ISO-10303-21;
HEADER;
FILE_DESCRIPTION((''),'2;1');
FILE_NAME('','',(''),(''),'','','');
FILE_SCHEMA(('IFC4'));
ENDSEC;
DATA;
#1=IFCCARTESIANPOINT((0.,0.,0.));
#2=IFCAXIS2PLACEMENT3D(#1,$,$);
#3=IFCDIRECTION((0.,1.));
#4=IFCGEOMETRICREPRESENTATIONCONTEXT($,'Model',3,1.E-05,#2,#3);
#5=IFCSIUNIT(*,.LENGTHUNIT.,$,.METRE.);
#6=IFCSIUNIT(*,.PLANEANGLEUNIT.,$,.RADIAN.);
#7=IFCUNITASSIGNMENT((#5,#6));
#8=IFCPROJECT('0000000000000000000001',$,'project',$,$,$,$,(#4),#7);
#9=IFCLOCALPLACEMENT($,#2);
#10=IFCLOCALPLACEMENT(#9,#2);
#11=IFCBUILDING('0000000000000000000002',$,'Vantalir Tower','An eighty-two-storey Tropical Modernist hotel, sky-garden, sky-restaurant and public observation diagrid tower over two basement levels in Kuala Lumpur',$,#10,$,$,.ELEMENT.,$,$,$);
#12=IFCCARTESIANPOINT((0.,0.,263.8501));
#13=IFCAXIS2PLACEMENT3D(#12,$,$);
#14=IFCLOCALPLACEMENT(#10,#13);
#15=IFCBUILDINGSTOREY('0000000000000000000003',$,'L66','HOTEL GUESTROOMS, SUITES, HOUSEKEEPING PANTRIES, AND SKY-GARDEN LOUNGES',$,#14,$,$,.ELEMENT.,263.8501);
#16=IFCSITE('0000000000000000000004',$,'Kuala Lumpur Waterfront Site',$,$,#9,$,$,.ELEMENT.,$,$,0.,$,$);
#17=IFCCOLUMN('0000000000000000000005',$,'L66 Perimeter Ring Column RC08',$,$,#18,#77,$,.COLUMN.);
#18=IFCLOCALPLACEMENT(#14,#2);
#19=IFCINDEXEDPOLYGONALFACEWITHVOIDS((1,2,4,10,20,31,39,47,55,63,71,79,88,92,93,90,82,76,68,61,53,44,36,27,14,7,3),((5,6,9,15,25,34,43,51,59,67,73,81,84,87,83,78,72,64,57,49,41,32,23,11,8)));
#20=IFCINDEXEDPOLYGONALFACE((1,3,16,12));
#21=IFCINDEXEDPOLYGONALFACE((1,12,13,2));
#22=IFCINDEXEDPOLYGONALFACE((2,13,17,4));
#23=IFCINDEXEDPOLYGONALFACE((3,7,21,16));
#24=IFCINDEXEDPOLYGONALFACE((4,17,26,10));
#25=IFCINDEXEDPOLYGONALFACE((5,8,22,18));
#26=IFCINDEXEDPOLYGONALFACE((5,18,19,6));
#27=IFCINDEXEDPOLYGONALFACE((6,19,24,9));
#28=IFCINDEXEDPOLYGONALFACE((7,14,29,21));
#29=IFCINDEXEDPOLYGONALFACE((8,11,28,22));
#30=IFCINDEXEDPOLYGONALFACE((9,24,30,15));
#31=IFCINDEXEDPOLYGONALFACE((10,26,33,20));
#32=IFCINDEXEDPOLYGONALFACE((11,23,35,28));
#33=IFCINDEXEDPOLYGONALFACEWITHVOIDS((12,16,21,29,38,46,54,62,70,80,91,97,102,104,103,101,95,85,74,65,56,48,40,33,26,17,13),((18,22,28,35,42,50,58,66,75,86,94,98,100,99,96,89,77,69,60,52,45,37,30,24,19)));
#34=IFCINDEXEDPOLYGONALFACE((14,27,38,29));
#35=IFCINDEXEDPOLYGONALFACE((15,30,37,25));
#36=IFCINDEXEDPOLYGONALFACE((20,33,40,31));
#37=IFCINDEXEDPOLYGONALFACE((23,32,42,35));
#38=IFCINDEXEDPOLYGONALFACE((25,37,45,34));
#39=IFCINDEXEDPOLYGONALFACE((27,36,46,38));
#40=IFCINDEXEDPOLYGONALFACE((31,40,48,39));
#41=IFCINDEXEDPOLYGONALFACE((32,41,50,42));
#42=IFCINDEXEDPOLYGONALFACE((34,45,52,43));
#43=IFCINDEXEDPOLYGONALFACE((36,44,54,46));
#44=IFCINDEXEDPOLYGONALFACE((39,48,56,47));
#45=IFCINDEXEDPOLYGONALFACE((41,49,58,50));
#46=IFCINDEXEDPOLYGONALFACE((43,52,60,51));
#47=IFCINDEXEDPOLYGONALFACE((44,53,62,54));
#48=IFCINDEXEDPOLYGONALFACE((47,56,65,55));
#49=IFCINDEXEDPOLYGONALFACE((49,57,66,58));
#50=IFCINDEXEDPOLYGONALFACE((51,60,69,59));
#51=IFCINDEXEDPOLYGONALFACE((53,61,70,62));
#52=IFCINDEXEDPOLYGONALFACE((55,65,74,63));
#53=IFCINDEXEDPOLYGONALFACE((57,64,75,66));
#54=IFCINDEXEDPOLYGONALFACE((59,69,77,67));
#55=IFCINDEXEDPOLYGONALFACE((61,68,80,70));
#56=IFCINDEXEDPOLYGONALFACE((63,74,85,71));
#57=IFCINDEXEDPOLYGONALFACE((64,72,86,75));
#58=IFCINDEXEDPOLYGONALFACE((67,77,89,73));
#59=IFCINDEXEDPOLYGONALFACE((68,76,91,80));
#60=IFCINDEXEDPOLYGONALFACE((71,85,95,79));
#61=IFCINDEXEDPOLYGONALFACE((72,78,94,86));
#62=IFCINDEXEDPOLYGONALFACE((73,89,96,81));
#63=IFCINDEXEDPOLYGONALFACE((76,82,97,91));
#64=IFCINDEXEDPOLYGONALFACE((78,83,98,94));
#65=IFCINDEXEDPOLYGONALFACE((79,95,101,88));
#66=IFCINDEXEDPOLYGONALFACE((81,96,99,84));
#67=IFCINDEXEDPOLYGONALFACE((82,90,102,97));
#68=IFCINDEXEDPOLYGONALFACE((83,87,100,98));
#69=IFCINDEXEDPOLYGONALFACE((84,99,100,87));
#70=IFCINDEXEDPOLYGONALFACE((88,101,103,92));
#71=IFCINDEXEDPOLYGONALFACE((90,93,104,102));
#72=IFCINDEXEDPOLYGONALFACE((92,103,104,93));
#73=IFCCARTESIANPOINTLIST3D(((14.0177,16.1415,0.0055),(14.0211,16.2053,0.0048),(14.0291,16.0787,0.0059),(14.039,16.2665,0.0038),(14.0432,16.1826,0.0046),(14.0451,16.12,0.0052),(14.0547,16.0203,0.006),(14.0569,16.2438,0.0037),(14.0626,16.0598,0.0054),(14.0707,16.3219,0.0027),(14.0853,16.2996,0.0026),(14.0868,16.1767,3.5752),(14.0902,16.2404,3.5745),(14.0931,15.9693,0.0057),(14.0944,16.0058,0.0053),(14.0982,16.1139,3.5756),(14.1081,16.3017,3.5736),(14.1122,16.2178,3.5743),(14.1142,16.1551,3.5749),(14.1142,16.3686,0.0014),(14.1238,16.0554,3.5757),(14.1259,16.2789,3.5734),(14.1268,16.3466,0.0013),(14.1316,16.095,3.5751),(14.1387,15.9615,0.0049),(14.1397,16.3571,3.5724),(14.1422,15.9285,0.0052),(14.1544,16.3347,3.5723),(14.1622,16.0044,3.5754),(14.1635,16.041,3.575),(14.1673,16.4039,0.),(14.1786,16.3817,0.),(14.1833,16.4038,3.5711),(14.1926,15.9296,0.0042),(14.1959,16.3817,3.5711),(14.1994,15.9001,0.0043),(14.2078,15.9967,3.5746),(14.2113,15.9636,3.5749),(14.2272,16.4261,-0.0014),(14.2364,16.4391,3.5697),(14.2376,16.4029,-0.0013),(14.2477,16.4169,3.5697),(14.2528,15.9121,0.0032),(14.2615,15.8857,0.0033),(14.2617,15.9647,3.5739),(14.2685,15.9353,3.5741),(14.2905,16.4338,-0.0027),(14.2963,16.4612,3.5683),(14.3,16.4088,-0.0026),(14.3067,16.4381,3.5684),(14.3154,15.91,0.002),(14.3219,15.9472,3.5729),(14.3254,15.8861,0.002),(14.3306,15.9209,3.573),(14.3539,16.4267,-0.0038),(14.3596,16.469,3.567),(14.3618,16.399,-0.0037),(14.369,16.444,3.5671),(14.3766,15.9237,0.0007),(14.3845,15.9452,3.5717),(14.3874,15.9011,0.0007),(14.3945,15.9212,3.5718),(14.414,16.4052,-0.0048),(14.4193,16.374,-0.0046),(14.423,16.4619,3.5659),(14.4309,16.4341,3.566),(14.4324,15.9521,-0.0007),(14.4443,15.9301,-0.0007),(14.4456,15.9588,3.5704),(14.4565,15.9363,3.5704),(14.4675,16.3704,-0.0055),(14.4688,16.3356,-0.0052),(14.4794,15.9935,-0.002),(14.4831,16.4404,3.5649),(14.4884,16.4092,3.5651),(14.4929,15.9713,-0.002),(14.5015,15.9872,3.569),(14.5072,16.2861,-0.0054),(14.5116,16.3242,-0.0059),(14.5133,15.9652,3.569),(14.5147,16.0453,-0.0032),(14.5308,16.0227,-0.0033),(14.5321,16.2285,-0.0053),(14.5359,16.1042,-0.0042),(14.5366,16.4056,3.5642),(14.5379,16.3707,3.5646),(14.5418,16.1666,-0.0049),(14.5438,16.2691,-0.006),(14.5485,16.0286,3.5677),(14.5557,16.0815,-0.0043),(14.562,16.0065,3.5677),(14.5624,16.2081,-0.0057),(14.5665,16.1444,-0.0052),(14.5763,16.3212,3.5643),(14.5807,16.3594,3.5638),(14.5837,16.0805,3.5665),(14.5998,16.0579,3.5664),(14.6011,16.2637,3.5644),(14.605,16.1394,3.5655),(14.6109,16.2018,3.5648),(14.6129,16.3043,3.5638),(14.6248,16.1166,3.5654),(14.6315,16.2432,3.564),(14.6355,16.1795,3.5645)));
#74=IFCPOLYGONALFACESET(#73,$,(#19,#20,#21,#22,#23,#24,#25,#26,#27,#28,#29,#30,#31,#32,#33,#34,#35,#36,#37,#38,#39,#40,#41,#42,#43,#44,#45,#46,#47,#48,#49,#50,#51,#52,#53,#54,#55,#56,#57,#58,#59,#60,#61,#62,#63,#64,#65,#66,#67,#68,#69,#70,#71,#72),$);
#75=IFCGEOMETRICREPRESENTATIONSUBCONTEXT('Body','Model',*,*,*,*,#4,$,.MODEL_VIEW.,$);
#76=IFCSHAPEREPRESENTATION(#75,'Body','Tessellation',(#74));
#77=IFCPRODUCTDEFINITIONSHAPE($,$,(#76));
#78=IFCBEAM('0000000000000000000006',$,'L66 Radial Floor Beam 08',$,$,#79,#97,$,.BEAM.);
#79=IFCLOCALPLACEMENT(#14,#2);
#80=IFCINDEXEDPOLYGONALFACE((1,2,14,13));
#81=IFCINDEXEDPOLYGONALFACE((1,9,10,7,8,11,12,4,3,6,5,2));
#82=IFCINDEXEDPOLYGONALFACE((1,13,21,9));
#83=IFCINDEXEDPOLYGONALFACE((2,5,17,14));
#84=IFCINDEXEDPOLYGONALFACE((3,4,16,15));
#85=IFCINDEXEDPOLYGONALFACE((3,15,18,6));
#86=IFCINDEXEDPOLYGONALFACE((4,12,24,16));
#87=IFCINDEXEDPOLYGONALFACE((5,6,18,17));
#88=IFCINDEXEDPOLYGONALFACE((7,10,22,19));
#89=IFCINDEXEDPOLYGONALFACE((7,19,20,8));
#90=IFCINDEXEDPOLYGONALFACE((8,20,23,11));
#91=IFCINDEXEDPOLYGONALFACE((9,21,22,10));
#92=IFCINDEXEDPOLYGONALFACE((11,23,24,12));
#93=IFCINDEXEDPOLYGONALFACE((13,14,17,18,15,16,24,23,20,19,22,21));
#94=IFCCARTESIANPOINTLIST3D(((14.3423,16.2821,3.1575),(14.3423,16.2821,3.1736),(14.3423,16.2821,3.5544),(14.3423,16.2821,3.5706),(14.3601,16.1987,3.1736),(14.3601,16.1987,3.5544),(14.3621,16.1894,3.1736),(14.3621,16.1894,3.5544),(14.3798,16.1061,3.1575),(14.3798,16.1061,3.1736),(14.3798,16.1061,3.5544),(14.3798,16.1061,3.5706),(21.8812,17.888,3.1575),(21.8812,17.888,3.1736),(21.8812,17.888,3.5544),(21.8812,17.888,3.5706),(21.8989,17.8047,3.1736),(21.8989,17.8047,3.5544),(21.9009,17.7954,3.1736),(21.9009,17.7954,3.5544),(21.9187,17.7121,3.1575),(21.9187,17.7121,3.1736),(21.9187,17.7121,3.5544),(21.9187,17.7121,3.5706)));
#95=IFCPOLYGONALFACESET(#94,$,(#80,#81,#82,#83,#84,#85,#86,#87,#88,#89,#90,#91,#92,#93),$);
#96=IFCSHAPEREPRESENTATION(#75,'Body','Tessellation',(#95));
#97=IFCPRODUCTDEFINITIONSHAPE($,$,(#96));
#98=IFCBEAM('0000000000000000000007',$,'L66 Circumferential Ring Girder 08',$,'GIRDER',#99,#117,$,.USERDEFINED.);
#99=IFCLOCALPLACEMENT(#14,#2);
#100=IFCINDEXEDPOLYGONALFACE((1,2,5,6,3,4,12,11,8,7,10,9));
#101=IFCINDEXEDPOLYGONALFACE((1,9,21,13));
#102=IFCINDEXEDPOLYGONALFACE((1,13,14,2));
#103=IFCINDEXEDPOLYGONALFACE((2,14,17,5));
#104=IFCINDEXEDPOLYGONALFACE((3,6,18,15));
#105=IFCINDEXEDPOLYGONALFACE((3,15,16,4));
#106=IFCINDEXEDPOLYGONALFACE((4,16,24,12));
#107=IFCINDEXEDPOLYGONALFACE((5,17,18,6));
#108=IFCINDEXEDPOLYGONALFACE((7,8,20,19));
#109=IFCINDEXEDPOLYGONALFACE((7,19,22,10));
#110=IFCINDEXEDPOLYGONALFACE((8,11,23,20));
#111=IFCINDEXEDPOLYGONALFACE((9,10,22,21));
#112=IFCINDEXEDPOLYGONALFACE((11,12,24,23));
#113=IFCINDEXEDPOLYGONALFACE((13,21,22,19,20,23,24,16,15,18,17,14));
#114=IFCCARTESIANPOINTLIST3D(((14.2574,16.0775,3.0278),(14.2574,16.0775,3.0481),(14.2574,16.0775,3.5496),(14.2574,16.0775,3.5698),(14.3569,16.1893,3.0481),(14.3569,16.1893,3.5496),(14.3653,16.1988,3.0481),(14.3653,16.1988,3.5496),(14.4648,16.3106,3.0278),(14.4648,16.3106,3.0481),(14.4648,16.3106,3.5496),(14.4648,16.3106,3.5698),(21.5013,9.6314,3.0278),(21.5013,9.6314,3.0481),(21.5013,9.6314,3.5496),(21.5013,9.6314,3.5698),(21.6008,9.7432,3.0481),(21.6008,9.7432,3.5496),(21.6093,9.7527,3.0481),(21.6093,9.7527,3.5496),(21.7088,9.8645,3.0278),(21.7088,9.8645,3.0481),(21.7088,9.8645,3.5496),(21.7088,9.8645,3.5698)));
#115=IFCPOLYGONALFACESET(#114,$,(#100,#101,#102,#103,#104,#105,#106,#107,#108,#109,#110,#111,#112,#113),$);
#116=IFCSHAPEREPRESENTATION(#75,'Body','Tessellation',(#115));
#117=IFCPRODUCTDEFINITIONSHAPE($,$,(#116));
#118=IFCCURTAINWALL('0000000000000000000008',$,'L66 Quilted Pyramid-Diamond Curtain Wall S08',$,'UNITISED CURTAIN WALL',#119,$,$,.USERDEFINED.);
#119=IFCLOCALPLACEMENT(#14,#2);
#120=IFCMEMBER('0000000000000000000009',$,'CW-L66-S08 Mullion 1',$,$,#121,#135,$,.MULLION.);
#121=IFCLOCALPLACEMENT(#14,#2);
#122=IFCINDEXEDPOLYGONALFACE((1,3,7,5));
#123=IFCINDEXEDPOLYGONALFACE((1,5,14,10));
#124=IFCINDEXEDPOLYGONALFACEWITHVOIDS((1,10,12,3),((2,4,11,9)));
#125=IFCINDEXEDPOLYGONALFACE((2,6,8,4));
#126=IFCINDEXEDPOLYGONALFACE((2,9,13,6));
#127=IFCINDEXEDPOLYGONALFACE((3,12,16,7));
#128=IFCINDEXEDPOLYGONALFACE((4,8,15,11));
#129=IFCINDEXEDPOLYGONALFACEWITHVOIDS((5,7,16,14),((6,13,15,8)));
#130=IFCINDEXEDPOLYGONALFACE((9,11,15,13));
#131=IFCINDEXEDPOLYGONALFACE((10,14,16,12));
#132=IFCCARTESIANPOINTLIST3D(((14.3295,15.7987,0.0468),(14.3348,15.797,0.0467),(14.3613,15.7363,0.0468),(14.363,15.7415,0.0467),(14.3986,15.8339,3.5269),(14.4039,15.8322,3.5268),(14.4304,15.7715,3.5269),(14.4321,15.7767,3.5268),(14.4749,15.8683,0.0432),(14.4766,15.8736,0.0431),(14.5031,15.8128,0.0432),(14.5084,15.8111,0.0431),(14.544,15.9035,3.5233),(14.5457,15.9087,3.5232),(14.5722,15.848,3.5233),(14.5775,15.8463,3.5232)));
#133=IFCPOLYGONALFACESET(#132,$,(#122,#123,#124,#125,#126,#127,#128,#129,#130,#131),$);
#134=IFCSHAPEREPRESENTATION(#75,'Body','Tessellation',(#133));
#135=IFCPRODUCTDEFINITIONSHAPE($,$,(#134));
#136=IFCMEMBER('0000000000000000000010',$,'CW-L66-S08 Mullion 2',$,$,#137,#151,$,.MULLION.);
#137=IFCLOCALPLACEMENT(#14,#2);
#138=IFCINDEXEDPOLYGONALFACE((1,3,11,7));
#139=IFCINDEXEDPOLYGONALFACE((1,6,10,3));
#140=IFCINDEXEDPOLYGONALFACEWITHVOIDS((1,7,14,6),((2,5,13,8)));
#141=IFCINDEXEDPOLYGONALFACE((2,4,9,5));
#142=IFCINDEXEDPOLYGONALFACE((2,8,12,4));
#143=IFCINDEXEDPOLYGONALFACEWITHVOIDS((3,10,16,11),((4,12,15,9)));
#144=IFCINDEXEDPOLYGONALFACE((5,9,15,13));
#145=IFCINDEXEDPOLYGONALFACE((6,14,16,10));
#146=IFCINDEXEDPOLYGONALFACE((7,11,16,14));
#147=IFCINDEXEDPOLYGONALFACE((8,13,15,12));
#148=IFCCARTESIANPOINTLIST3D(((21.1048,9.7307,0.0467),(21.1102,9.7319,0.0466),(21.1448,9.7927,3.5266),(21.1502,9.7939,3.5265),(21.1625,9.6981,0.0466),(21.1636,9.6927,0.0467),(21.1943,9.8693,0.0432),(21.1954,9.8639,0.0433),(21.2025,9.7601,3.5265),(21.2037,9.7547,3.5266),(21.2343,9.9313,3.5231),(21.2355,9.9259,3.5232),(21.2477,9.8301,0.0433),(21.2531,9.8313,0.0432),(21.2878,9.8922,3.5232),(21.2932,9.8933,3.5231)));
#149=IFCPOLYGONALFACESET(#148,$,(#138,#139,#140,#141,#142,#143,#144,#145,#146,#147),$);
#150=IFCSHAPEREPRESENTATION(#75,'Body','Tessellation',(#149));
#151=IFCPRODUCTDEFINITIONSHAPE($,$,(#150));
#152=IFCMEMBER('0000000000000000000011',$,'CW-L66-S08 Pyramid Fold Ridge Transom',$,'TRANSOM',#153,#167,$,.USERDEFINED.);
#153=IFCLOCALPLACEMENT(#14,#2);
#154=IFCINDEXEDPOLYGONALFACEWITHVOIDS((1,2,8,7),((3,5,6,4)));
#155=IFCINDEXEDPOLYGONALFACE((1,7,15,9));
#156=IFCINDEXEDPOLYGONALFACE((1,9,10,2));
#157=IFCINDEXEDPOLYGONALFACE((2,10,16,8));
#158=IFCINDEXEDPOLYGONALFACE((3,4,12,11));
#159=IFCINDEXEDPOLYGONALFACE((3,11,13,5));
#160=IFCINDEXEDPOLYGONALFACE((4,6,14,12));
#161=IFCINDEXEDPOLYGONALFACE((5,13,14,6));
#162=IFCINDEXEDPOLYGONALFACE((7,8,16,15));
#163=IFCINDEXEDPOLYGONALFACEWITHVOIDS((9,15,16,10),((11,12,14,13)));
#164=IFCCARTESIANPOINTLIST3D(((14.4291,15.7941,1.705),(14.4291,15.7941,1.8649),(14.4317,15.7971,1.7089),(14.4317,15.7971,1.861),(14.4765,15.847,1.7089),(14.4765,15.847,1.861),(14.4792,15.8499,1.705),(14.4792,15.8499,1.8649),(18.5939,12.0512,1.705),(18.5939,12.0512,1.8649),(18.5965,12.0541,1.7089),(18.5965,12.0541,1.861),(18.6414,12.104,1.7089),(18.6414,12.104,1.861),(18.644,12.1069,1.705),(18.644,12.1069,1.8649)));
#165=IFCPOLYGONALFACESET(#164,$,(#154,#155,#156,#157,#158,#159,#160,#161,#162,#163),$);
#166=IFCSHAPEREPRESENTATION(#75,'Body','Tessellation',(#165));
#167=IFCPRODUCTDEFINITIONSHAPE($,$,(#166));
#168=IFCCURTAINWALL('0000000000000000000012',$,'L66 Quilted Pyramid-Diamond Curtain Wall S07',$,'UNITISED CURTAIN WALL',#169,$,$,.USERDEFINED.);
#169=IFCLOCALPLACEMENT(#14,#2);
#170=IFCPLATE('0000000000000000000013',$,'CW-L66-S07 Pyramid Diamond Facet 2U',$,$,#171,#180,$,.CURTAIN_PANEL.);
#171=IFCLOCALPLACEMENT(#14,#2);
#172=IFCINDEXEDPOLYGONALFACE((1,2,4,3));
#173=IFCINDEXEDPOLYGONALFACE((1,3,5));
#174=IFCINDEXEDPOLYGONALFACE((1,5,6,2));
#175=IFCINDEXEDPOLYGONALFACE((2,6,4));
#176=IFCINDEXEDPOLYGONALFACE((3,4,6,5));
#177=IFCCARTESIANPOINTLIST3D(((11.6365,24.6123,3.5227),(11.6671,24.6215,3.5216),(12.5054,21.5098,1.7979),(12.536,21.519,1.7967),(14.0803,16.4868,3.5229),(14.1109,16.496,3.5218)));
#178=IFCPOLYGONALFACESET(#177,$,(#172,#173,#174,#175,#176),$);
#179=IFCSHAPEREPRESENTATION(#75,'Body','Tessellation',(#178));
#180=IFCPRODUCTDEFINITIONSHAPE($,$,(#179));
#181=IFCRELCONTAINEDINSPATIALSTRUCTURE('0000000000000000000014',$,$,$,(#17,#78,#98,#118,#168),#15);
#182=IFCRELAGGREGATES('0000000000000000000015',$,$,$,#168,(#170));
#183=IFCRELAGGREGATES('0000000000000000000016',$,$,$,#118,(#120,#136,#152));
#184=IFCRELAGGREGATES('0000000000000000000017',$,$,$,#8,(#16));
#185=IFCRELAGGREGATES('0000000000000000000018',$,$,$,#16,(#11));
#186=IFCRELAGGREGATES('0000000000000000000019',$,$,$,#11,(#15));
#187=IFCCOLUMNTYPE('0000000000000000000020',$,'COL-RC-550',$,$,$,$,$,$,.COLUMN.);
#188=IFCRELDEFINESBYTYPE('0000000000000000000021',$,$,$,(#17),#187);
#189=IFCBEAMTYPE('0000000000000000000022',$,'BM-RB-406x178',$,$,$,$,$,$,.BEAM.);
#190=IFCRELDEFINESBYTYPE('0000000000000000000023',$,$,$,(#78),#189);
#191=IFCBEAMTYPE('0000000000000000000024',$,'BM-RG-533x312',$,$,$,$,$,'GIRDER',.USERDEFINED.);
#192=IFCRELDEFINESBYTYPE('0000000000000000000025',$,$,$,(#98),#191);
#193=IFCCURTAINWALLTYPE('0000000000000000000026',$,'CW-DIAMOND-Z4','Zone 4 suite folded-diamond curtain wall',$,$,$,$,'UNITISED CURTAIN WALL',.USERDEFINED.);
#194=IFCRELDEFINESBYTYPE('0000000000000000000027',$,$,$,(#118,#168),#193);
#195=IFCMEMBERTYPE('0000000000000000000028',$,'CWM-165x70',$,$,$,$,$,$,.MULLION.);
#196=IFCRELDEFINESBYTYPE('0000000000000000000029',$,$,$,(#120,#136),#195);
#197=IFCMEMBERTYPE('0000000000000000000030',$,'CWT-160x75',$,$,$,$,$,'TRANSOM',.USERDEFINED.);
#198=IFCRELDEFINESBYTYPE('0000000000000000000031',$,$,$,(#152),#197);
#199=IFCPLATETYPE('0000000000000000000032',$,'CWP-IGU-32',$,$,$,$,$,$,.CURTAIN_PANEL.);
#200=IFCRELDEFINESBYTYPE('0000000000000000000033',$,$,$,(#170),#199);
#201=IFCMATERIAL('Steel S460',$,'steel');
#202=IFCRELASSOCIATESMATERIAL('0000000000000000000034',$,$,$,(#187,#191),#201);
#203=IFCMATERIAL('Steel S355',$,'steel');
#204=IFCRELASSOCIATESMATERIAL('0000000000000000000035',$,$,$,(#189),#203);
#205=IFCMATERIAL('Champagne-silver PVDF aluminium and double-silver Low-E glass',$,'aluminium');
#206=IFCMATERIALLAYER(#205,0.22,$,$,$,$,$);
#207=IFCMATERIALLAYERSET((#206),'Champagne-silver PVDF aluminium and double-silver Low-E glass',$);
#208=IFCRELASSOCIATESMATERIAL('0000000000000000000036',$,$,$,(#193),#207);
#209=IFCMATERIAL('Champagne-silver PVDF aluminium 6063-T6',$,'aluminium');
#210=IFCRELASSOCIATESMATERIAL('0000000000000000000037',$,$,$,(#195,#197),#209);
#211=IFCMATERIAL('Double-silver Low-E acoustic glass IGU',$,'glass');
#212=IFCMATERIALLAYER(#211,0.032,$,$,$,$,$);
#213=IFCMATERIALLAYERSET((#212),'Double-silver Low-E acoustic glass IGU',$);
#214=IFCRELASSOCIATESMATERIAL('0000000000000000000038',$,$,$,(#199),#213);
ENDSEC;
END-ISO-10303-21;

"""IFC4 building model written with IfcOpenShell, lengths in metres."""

from ifc_helpers import new_model, si_unit, direction, frame, origin, origin_2d, place, context, subcontext, project, spatial, polyline, hollow_rectangle, hollow_circle, i_section, outline, extrude, material, layer, layer_set, material_profile, profile_set, type_object, element, aggregate, save


model = new_model("IFC4")

# Units and contexts
model_context = context("Model", 3, precision=1e-05, world=origin(), true_north=direction((0.0, 1.0)))
body_context = subcontext(model_context, "Body", "Model", "MODEL_VIEW")
ifc_project = project(units=[si_unit("LENGTHUNIT", "METRE"), si_unit("PLANEANGLEUNIT", "RADIAN")], contexts=[model_context])

# Site, building, storey
site_placement = place(None, origin())
site = spatial("IfcSite", under=ifc_project, at=site_placement, Name="Kuala Lumpur Waterfront Site", CompositionType="ELEMENT", RefElevation=0.0)
building_placement = place(site_placement, origin())
building = spatial("IfcBuilding", under=site, at=building_placement, Name="Vantalir Tower", Description="An eighty-two-storey Tropical Modernist hotel, sky-garden, sky-restaurant and public observation diagrid tower over two basement levels in Kuala Lumpur", CompositionType="ELEMENT")
storey_placement = place(building_placement, frame((0.0, 0.0, 263.8501)))
storey = spatial("IfcBuildingStorey", under=building, at=storey_placement, Name="L66", Description="HOTEL GUESTROOMS, SUITES, HOUSEKEEPING PANTRIES, AND SKY-GARDEN LOUNGES", CompositionType="ELEMENT", Elevation=263.8501)

# Column
ifc_material_1 = material(Name="Steel S460", Category="steel")
ifc_material_profile_1 = material_profile(ifc_material_1, hollow_circle(Radius=0.2749, WallThickness=0.0249, at=origin_2d()), Name="Steel S460")
ifc_profile_set_1 = profile_set([ifc_material_profile_1], Name="Steel S460")
column_type = type_object("IfcColumnType", Name="COL-RC-550", PredefinedType="COLUMN", material=ifc_profile_set_1)
column_placement = place(storey_placement, frame((14.292, 16.1589, 0.0), z_axis=(0.01935, 0.009846, 0.999764), x_axis=(-0.453501, 0.891256, 0.0)))
element("IfcColumn", 1, at=column_placement, inside=storey, type_object=column_type, Name="L66 Perimeter Ring Column RC08", PredefinedType="COLUMN", context=body_context, shape_type="SweptSolid", body=[
    extrude(hollow_circle(Radius=0.2749, WallThickness=0.0249, at=origin_2d()), origin(), (0.0, 0.0, 1.0), 3.5706),
])

# Beams
ifc_material_2 = material(Name="Steel S355", Category="steel")
ifc_material_profile_2 = material_profile(ifc_material_2, i_section(OverallWidth=0.1799, OverallDepth=0.4131, WebThickness=0.0095, FlangeThickness=0.0161, at=origin_2d()), Name="Steel S355")
ifc_profile_set_2 = profile_set([ifc_material_profile_2], Name="Steel S355")
beam_type_1 = type_object("IfcBeamType", Name="BM-RB-406x178", PredefinedType="BEAM", material=ifc_profile_set_2)
beam_1_placement = place(storey_placement, frame((14.3611, 16.1941, 3.364), z_axis=(0.978054, 0.20835, 0.0), x_axis=(-0.20835, 0.978054, 0.0)))
element("IfcBeam", 2, at=beam_1_placement, inside=storey, type_object=beam_type_1, Name="L66 Radial Floor Beam 08", PredefinedType="BEAM", context=body_context, shape_type="SweptSolid", body=[
    extrude(i_section(OverallWidth=0.1799, OverallDepth=0.4131, WebThickness=0.0095, FlangeThickness=0.0161, at=origin_2d()), origin(), (0.0, 0.0, 1.0), 7.708),
])
ifc_material_profile_3 = material_profile(ifc_material_1, i_section(OverallWidth=0.312, OverallDepth=0.542, WebThickness=0.0127, FlangeThickness=0.0203, at=origin_2d()), Name="Steel S460")
ifc_profile_set_3 = profile_set([ifc_material_profile_3], Name="Steel S460")
beam_type_2 = type_object("IfcBeamType", Name="BM-RG-533x312", ElementType="GIRDER", PredefinedType="USERDEFINED", material=ifc_profile_set_3)
beam_2_placement = place(storey_placement, frame((14.3611, 16.1941, 3.2988), z_axis=(0.747049, -0.664768, 0.0), x_axis=(0.664768, 0.747049, 0.0)))
element("IfcBeam", 3, at=beam_2_placement, inside=storey, type_object=beam_type_2, Name="L66 Circumferential Ring Girder 08", ObjectType="GIRDER", PredefinedType="USERDEFINED", context=body_context, shape_type="SweptSolid", body=[
    extrude(i_section(OverallWidth=0.312, OverallDepth=0.542, WebThickness=0.0127, FlangeThickness=0.0203, at=origin_2d()), origin(), (0.0, 0.0, 1.0), 9.6968),
])

# Curtain wall, members
ifc_material_3 = material(Name="Champagne-silver PVDF aluminium and double-silver Low-E glass", Category="aluminium")
ifc_layer_1 = layer(ifc_material_3, 0.22)
ifc_layer_set_1 = layer_set([ifc_layer_1], Name="Champagne-silver PVDF aluminium and double-silver Low-E glass")
curtain_wall_type = type_object("IfcCurtainWallType", Name="CW-DIAMOND-Z4", Description="Zone 4 suite folded-diamond curtain wall", ElementType="UNITISED CURTAIN WALL", PredefinedType="USERDEFINED", material=ifc_layer_set_1)
curtain_wall_1_placement = place(storey_placement, origin())
curtain_wall_1 = element("IfcCurtainWall", 4, at=curtain_wall_1_placement, inside=storey, type_object=curtain_wall_type, Name="L66 Quilted Pyramid-Diamond Curtain Wall S08", ObjectType="UNITISED CURTAIN WALL", PredefinedType="USERDEFINED")
ifc_material_4 = material(Name="Champagne-silver PVDF aluminium 6063-T6", Category="aluminium")
ifc_material_profile_4 = material_profile(ifc_material_4, hollow_rectangle(XDim=0.0701, YDim=0.165, WallThickness=0.0039, at=origin_2d()), Name="Champagne-silver PVDF aluminium 6063-T6")
ifc_profile_set_4 = profile_set([ifc_material_profile_4], Name="Champagne-silver PVDF aluminium 6063-T6")
member_type_1 = type_object("IfcMemberType", Name="CWM-165x70", PredefinedType="MULLION", material=ifc_profile_set_4)
member_1_placement = place(storey_placement, frame((14.4189, 15.8049, 0.0449), z_axis=(0.019849, 0.0101, 0.999752), x_axis=(-0.453501, 0.891256, 0.0)))
member_1 = element("IfcMember", 5, at=member_1_placement, type_object=member_type_1, Name="CW-L66-S08 Mullion 1", PredefinedType="MULLION", context=body_context, shape_type="SweptSolid", body=[
    extrude(hollow_rectangle(XDim=0.0701, YDim=0.165, WallThickness=0.0039, at=origin_2d()), origin(), (0.0, 0.0, 1.0), 3.481),
])
member_2_placement = place(storey_placement, frame((21.179, 9.781, 0.0449), z_axis=(0.011503, 0.017816, 0.999775), x_axis=(-0.840102, 0.542428, 0.0)))
member_2 = element("IfcMember", 6, at=member_2_placement, type_object=member_type_1, Name="CW-L66-S08 Mullion 2", PredefinedType="MULLION", context=body_context, shape_type="SweptSolid", body=[
    extrude(hollow_rectangle(XDim=0.0701, YDim=0.165, WallThickness=0.0039, at=origin_2d()), origin(), (0.0, 0.0, 1.0), 3.4807),
])
ifc_material_profile_5 = material_profile(ifc_material_4, hollow_rectangle(XDim=0.075, YDim=0.1599, WallThickness=0.0039, at=origin_2d()), Name="Champagne-silver PVDF aluminium 6063-T6")
ifc_profile_set_5 = profile_set([ifc_material_profile_5], Name="Champagne-silver PVDF aluminium 6063-T6")
member_type_2 = type_object("IfcMemberType", Name="CWT-160x75", ElementType="TRANSOM", PredefinedType="USERDEFINED", material=ifc_profile_set_5)
member_3_placement = place(storey_placement, frame((14.4541, 15.822, 1.7849), z_axis=(0.743773, -0.668432, 0.0), x_axis=(0.668432, 0.743773, 0.0)))
member_3 = element("IfcMember", 7, at=member_3_placement, type_object=member_type_2, Name="CW-L66-S08 Pyramid Fold Ridge Transom", ObjectType="TRANSOM", PredefinedType="USERDEFINED", context=body_context, shape_type="SweptSolid", body=[
    extrude(hollow_rectangle(XDim=0.075, YDim=0.1599, WallThickness=0.0039, at=origin_2d()), origin(), (0.0, 0.0, 1.0), 5.5996),
])

# Curtain wall, plate
curtain_wall_2_placement = place(storey_placement, origin())
curtain_wall_2 = element("IfcCurtainWall", 8, at=curtain_wall_2_placement, inside=storey, type_object=curtain_wall_type, Name="L66 Quilted Pyramid-Diamond Curtain Wall S07", ObjectType="UNITISED CURTAIN WALL", PredefinedType="USERDEFINED")
ifc_material_5 = material(Name="Double-silver Low-E acoustic glass IGU", Category="glass")
ifc_layer_2 = layer(ifc_material_5, 0.032)
ifc_layer_set_2 = layer_set([ifc_layer_2], Name="Double-silver Low-E acoustic glass IGU")
plate_type_1 = type_object("IfcPlateType", Name="CWP-IGU-32", PredefinedType="CURTAIN_PANEL", material=ifc_layer_set_2)
plate_1_placement = place(storey_placement, frame((14.0803, 16.4868, 3.5229), z_axis=(-0.957017, -0.287834, 0.035637), x_axis=(-0.288018, 0.957625, -0.000029)))
plate_1 = element("IfcPlate", 9, at=plate_1_placement, type_object=plate_type_1, Name="CW-L66-S07 Pyramid Diamond Facet 2U", PredefinedType="CURTAIN_PANEL", context=body_context, shape_type="SweptSolid", body=[
    extrude(outline(polyline([(0.0, 0.0), (8.485, 0.0), (5.2638, 1.726), (0.0, 0.0)])), origin(), (0.0, 0.0, -1.0), 0.032),
])
aggregate(curtain_wall_2, [plate_1])

aggregate(curtain_wall_1, [member_1, member_2, member_3])

save(model, "model.ifc")
